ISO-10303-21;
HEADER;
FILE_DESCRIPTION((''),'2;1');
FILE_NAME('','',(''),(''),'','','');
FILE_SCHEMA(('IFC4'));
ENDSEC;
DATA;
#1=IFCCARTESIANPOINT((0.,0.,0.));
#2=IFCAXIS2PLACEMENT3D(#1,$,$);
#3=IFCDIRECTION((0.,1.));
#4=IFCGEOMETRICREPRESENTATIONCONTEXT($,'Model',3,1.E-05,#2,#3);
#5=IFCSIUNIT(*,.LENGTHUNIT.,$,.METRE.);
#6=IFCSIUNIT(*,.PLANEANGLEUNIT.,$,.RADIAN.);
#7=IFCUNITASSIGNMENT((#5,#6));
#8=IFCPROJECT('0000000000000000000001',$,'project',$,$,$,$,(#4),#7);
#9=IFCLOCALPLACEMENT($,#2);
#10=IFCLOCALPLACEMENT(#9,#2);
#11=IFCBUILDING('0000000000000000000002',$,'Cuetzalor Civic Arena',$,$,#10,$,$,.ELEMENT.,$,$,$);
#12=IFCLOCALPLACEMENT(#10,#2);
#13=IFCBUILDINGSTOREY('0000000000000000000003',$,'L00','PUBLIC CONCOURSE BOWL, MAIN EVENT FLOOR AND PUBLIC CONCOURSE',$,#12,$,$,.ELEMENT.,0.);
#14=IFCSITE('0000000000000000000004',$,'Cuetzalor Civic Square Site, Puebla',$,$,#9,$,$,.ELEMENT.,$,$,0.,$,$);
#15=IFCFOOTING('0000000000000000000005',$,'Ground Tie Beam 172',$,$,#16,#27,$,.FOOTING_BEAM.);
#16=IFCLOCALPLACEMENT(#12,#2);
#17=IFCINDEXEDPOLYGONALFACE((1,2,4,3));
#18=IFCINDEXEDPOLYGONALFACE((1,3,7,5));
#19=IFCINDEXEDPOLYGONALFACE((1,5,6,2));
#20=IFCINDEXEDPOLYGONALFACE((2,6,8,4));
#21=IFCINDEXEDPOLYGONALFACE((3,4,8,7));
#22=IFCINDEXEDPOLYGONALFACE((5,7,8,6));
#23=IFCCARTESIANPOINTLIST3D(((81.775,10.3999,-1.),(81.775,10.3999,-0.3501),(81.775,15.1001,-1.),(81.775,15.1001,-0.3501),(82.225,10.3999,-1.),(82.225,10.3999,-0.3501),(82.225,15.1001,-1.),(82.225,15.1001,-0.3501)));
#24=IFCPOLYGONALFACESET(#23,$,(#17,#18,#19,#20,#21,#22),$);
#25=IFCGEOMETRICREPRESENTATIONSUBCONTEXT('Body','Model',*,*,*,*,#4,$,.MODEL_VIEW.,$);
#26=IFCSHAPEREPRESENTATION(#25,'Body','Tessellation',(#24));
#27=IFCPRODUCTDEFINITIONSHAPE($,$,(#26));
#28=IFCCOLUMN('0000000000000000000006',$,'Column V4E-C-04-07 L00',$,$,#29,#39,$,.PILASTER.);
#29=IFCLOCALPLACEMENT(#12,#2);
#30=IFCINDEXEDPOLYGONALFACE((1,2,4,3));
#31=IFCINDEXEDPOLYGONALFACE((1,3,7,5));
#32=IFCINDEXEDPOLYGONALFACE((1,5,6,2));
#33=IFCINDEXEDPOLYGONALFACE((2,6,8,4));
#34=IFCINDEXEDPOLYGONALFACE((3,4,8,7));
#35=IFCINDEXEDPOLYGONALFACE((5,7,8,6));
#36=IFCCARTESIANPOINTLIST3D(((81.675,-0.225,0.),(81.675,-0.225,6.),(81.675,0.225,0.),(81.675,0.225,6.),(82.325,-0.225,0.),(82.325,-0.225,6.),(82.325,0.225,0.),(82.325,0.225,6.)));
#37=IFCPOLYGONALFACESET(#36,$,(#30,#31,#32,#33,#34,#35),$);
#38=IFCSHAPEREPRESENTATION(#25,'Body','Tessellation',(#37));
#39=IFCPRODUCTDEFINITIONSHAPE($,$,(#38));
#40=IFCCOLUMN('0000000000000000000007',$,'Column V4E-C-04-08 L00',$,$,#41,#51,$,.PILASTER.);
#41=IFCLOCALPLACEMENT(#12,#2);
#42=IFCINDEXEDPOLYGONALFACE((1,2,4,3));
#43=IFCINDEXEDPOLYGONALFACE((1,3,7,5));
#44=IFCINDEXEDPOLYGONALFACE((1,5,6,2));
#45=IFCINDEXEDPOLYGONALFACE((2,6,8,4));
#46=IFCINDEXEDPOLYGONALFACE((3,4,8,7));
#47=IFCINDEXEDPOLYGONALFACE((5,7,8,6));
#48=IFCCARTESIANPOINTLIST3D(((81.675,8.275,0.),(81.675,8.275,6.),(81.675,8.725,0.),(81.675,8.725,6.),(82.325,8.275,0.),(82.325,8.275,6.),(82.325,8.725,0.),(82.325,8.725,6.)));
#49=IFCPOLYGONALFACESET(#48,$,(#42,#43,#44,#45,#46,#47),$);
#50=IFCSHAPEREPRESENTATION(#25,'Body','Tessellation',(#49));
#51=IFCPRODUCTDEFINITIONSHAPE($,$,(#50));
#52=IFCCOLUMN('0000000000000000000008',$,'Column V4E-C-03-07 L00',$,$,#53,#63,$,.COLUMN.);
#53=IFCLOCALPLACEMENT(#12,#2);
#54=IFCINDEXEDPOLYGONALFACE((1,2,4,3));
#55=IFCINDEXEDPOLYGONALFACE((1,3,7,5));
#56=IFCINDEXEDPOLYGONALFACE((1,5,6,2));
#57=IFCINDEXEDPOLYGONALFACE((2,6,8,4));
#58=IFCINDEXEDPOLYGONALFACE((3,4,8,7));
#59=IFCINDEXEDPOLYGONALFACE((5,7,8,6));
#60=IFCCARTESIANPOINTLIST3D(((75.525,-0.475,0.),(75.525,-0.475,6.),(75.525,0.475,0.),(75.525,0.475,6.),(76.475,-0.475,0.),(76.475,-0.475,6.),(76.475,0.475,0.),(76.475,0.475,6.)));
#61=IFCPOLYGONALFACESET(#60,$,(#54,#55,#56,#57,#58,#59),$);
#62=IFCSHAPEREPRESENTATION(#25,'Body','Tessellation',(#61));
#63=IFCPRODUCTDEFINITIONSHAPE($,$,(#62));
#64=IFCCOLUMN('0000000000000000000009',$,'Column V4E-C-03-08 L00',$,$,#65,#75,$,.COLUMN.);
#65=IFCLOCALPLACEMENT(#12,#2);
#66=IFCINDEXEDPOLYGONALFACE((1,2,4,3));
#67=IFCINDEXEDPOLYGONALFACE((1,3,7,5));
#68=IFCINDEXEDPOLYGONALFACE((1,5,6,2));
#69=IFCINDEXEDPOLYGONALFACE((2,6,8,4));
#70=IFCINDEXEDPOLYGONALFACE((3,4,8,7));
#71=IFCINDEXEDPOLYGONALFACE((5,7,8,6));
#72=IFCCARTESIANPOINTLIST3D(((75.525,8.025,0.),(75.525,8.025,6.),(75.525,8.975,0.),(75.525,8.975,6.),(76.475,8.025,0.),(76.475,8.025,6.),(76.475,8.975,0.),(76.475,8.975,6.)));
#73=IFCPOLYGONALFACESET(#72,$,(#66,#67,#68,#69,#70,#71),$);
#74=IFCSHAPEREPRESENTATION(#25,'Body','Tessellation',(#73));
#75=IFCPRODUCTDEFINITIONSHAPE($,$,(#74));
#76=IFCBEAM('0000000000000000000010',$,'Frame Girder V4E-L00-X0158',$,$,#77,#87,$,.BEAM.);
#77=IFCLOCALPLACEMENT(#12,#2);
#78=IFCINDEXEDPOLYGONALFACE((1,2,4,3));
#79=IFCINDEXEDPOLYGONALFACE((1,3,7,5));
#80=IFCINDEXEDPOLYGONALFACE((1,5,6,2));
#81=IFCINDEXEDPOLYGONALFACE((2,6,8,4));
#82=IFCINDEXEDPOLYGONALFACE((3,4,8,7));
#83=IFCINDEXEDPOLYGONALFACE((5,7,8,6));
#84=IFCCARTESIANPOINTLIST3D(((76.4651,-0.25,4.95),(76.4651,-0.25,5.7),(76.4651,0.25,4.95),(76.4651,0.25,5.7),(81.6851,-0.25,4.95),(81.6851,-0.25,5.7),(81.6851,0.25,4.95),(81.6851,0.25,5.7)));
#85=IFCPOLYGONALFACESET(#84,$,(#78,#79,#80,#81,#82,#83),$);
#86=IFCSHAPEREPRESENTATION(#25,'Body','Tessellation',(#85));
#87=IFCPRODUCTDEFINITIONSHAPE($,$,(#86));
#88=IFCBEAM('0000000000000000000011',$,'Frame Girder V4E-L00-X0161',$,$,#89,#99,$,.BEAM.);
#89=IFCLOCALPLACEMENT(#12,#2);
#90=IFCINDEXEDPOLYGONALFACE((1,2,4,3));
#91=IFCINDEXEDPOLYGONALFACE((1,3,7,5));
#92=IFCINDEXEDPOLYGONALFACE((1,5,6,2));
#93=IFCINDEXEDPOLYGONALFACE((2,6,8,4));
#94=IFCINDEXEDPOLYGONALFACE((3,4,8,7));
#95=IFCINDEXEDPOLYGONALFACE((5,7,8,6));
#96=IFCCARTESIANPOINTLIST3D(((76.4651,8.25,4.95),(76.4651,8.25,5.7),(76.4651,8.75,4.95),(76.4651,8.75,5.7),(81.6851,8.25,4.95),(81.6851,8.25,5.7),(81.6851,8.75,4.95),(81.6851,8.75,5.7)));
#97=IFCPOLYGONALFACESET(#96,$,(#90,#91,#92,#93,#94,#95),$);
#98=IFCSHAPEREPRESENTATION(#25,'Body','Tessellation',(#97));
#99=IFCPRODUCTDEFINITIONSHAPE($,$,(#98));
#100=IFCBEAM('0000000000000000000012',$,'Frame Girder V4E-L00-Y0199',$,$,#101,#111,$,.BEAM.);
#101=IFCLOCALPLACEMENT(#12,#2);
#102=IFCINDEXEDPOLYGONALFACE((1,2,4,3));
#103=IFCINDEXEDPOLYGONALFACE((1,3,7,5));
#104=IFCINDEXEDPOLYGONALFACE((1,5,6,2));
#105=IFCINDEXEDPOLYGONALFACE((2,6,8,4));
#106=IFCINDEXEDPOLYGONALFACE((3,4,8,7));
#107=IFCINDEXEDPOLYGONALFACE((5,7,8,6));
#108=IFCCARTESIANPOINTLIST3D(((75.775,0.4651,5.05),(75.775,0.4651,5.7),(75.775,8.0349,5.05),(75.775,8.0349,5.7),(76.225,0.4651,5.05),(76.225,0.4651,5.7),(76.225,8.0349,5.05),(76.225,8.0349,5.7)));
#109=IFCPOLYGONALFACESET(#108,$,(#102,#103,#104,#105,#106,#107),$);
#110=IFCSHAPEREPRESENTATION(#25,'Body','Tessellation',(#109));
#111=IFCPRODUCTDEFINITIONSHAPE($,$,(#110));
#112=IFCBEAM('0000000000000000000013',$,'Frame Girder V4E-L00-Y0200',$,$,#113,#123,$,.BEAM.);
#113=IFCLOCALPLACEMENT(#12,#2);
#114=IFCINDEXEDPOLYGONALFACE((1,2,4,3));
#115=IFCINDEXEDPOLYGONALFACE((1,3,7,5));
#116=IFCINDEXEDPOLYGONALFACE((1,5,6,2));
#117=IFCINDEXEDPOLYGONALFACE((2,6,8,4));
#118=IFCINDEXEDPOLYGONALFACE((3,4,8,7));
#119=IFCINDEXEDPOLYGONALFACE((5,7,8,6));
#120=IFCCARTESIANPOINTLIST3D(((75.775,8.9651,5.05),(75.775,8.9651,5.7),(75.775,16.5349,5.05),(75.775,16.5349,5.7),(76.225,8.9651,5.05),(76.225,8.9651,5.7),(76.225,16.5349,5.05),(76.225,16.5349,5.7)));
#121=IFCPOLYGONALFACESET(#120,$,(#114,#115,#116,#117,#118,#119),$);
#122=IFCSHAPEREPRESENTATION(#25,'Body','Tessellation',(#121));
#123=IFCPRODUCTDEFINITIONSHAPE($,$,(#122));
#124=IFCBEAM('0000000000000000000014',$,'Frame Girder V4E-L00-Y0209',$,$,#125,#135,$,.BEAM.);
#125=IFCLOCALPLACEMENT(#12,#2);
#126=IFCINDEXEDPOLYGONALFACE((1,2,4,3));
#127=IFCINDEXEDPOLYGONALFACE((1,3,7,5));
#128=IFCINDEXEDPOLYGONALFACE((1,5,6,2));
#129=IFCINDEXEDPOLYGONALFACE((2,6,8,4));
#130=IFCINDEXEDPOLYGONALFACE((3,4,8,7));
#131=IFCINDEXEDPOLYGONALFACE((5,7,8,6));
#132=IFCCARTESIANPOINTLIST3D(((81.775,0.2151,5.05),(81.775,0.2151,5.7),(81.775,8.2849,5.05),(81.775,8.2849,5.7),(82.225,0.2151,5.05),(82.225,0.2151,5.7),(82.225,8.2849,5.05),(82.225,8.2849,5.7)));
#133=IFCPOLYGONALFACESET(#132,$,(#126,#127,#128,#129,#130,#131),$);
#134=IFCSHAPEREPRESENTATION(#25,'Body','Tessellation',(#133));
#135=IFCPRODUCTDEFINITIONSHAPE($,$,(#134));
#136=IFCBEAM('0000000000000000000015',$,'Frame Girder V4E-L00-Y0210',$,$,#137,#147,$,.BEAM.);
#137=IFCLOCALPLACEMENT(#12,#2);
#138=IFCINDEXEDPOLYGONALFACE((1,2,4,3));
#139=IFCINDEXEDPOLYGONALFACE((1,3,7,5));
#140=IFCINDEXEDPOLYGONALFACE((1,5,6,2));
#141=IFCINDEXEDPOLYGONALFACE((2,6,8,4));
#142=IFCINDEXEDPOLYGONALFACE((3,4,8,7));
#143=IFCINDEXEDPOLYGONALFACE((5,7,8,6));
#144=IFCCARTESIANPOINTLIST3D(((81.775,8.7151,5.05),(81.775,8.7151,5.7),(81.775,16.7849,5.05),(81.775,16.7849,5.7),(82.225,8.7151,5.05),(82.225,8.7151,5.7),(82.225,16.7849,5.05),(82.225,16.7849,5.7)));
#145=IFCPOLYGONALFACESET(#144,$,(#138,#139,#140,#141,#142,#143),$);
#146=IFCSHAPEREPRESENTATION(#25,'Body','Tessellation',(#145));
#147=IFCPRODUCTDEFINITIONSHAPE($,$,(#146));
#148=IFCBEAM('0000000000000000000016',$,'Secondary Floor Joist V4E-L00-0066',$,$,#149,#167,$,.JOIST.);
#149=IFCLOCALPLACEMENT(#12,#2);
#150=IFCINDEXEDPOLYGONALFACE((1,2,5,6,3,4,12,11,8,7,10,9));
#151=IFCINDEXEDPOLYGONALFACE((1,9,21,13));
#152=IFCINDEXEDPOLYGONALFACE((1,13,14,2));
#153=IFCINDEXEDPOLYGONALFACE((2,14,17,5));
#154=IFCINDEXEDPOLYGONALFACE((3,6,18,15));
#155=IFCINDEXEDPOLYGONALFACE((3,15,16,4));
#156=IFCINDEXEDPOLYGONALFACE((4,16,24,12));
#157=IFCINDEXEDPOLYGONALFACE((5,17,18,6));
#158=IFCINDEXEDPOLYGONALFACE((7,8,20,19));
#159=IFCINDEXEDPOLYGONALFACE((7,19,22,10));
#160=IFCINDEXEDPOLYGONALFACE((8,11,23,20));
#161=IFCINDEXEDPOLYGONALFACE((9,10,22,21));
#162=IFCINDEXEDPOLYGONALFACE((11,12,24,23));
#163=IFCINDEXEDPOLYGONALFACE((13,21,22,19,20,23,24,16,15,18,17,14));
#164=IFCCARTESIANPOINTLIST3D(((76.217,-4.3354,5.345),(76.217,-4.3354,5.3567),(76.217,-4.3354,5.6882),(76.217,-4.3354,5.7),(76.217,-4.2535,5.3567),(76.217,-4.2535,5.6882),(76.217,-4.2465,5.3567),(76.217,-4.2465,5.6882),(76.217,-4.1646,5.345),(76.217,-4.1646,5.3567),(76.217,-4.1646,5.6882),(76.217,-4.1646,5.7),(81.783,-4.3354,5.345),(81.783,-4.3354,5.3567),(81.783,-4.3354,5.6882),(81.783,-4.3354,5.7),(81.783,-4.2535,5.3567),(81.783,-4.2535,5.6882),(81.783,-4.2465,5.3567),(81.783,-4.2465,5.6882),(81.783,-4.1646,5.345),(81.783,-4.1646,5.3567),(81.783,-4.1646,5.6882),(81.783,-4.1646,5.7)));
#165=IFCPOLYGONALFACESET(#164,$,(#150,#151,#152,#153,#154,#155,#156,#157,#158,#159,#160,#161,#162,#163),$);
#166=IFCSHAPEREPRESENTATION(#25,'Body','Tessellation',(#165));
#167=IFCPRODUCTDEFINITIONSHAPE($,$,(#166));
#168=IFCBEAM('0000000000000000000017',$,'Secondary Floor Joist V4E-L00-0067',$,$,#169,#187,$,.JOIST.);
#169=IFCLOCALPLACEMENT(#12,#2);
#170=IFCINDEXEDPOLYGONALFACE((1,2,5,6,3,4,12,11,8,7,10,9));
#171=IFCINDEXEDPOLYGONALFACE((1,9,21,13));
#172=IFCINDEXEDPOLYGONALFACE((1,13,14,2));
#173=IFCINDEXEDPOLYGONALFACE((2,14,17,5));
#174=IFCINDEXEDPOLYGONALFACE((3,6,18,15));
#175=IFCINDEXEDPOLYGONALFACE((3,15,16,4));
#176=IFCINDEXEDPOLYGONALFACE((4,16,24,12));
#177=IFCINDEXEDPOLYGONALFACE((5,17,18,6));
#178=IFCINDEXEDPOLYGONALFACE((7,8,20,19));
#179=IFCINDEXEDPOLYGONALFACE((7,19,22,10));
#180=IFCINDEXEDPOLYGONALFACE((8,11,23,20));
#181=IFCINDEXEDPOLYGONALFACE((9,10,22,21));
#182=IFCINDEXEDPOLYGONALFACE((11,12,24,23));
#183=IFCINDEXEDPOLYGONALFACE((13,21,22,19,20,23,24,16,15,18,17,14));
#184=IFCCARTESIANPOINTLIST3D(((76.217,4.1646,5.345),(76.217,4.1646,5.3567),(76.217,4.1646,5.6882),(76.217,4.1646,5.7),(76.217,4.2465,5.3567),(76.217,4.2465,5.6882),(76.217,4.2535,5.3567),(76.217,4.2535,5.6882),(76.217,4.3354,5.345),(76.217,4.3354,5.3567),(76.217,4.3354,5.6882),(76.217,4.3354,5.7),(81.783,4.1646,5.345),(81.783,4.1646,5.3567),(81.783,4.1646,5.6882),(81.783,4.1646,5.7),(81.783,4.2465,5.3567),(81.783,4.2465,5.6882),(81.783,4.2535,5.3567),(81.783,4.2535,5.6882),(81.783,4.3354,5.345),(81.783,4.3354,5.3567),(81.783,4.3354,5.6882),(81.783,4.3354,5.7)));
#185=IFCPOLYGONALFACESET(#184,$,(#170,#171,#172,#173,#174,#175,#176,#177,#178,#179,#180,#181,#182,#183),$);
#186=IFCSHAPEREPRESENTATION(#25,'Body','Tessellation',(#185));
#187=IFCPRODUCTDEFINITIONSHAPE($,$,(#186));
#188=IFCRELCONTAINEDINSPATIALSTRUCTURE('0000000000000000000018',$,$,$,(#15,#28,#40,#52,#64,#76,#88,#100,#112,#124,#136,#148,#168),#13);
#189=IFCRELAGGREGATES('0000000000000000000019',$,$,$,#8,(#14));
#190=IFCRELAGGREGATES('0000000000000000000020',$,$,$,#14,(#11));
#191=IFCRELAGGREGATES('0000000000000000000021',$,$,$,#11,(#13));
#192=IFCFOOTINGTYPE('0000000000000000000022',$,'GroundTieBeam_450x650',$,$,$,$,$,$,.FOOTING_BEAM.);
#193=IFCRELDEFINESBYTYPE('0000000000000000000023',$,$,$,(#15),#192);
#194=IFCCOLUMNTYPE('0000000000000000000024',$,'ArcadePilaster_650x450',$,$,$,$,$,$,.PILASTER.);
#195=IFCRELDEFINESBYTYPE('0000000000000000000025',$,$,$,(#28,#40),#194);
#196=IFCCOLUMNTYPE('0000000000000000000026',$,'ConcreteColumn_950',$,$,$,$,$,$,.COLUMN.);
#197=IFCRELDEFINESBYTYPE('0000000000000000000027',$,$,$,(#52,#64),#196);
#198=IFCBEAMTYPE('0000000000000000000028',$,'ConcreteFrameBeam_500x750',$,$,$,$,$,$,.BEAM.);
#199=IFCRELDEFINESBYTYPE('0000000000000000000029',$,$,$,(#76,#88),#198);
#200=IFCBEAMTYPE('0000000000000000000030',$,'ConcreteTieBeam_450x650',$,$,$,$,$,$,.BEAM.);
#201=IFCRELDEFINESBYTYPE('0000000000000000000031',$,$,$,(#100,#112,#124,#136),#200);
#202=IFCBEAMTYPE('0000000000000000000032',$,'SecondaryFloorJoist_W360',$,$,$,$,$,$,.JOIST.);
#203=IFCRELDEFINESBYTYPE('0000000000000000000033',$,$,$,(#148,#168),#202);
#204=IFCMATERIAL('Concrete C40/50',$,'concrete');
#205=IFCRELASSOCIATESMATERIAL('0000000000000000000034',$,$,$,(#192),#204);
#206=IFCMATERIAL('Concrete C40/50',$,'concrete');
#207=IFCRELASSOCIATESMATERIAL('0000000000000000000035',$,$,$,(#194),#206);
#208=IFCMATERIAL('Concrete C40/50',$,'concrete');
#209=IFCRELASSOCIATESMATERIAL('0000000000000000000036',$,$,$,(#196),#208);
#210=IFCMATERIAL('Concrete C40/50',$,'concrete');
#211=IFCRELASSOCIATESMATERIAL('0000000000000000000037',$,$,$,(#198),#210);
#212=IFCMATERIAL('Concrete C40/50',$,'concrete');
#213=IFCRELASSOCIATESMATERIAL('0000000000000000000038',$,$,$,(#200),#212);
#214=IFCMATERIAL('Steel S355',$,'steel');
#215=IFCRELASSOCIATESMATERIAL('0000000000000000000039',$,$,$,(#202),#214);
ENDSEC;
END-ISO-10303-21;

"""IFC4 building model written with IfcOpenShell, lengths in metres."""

from ifc_helpers import new_model, si_unit, direction, frame, origin, origin_2d, place, context, subcontext, project, spatial, rectangle, i_section, extrude, material, material_profile, profile_set, type_object, element, save


model = new_model("IFC4")

# Units and contexts
model_context = context("Model", 3, precision=1e-05, world=origin(), true_north=direction((0.0, 1.0)))
body_context = subcontext(model_context, "Body", "Model", "MODEL_VIEW")
ifc_project = project(units=[si_unit("LENGTHUNIT", "METRE"), si_unit("PLANEANGLEUNIT", "RADIAN")], contexts=[model_context])

# Site, building, storey
site_placement = place(None, origin())
site = spatial("IfcSite", under=ifc_project, at=site_placement, Name="Cuetzalor Civic Square Site, Puebla", CompositionType="ELEMENT", RefElevation=0.0)
building_placement = place(site_placement, origin())
building = spatial("IfcBuilding", under=site, at=building_placement, Name="Cuetzalor Civic Arena", CompositionType="ELEMENT")
storey_placement = place(building_placement, origin())
storey = spatial("IfcBuildingStorey", under=building, at=storey_placement, Name="L00", Description="PUBLIC CONCOURSE BOWL, MAIN EVENT FLOOR AND PUBLIC CONCOURSE", CompositionType="ELEMENT", Elevation=0.0)

# Footing
ifc_material_1 = material(Name="Concrete C40/50", Category="concrete")
ifc_material_profile_1 = material_profile(ifc_material_1, rectangle(XDim=0.45, YDim=0.6499, at=origin_2d()), Name="RC 450x650")
ifc_profile_set_1 = profile_set([ifc_material_profile_1], Name="Concrete C40/50")
footing_type_1 = type_object("IfcFootingType", Name="GroundTieBeam_450x650", PredefinedType="FOOTING_BEAM", material=ifc_profile_set_1)
footing_1_placement = place(storey_placement, frame((82.0, 10.3999, -0.675), z_axis=(0.0, 1.0, 0.0), x_axis=(-1.0, 0.0, 0.0)))
element("IfcFooting", 1, at=footing_1_placement, inside=storey, type_object=footing_type_1, Name="Ground Tie Beam 172", PredefinedType="FOOTING_BEAM", context=body_context, shape_type="SweptSolid", body=[
    extrude(rectangle(XDim=0.45, YDim=0.6499, at=origin_2d()), origin(), (0.0, 0.0, 1.0), 4.7002),
])

# Columns
ifc_material_2 = material(Name="Concrete C40/50", Category="concrete")
ifc_material_profile_2 = material_profile(ifc_material_2, rectangle(XDim=0.6499, YDim=0.45, at=origin_2d()), Name="RC 650x450")
ifc_profile_set_2 = profile_set([ifc_material_profile_2], Name="Concrete C40/50")
column_type_1 = type_object("IfcColumnType", Name="ArcadePilaster_650x450", PredefinedType="PILASTER", material=ifc_profile_set_2)
for number, where, z_axis, x_axis, name in (
    (2, (82.0, 0.0, 0.0), (0.0, 0.0, 1.0), (1.0, 0.0, 0.0), "Column V4E-C-04-07 L00"),
    (3, (82.0, 8.5, 0.0), (0.0, 0.0, 1.0), (1.0, 0.0, 0.0), "Column V4E-C-04-08 L00"),
):
    element("IfcColumn", number, at=place(storey_placement, frame(where, z_axis=z_axis, x_axis=x_axis)), inside=storey, type_object=column_type_1, Name=name, PredefinedType="PILASTER", context=body_context, shape_type="SweptSolid", body=[
        extrude(rectangle(XDim=0.6499, YDim=0.45, at=origin_2d()), origin(), (0.0, 0.0, 1.0), 6.0),
    ])
ifc_material_3 = material(Name="Concrete C40/50", Category="concrete")
ifc_material_profile_3 = material_profile(ifc_material_3, rectangle(XDim=0.95, YDim=0.95, at=origin_2d()), Name="RC 950x950")
ifc_profile_set_3 = profile_set([ifc_material_profile_3], Name="Concrete C40/50")
column_type_2 = type_object("IfcColumnType", Name="ConcreteColumn_950", PredefinedType="COLUMN", material=ifc_profile_set_3)
for number, where, z_axis, x_axis, name in (
    (4, (76.0, 0.0, 0.0), (0.0, 0.0, 1.0), (1.0, 0.0, 0.0), "Column V4E-C-03-07 L00"),
    (5, (76.0, 8.5, 0.0), (0.0, 0.0, 1.0), (1.0, 0.0, 0.0), "Column V4E-C-03-08 L00"),
):
    element("IfcColumn", number, at=place(storey_placement, frame(where, z_axis=z_axis, x_axis=x_axis)), inside=storey, type_object=column_type_2, Name=name, PredefinedType="COLUMN", context=body_context, shape_type="SweptSolid", body=[
        extrude(rectangle(XDim=0.95, YDim=0.95, at=origin_2d()), origin(), (0.0, 0.0, 1.0), 6.0),
    ])

# Beams
ifc_material_4 = material(Name="Concrete C40/50", Category="concrete")
ifc_material_profile_4 = material_profile(ifc_material_4, rectangle(XDim=0.5, YDim=0.75, at=origin_2d()), Name="RC 500x750")
ifc_profile_set_4 = profile_set([ifc_material_profile_4], Name="Concrete C40/50")
beam_type_1 = type_object("IfcBeamType", Name="ConcreteFrameBeam_500x750", PredefinedType="BEAM", material=ifc_profile_set_4)
for number, where, z_axis, x_axis, name in (
    (6, (76.4651, 0.0, 5.325), (1.0, 0.0, 0.0), (0.0, 1.0, 0.0), "Frame Girder V4E-L00-X0158"),
    (7, (76.4651, 8.5, 5.325), (1.0, 0.0, 0.0), (0.0, 1.0, 0.0), "Frame Girder V4E-L00-X0161"),
):
    element("IfcBeam", number, at=place(storey_placement, frame(where, z_axis=z_axis, x_axis=x_axis)), inside=storey, type_object=beam_type_1, Name=name, PredefinedType="BEAM", context=body_context, shape_type="SweptSolid", body=[
        extrude(rectangle(XDim=0.5, YDim=0.75, at=origin_2d()), origin(), (0.0, 0.0, 1.0), 5.22),
    ])
ifc_material_5 = material(Name="Concrete C40/50", Category="concrete")
ifc_material_profile_5 = material_profile(ifc_material_5, rectangle(XDim=0.45, YDim=0.6499, at=origin_2d()), Name="RC 450x650")
ifc_profile_set_5 = profile_set([ifc_material_profile_5], Name="Concrete C40/50")
beam_type_2 = type_object("IfcBeamType", Name="ConcreteTieBeam_450x650", PredefinedType="BEAM", material=ifc_profile_set_5)
for number, where, z_axis, x_axis, name in (
    (8, (76.0, 0.4651, 5.375), (0.0, 1.0, 0.0), (-1.0, 0.0, 0.0), "Frame Girder V4E-L00-Y0199"),
    (9, (76.0, 8.9651, 5.375), (0.0, 1.0, 0.0), (-1.0, 0.0, 0.0), "Frame Girder V4E-L00-Y0200"),
):
    element("IfcBeam", number, at=place(storey_placement, frame(where, z_axis=z_axis, x_axis=x_axis)), inside=storey, type_object=beam_type_2, Name=name, PredefinedType="BEAM", context=body_context, shape_type="SweptSolid", body=[
        extrude(rectangle(XDim=0.45, YDim=0.6499, at=origin_2d()), origin(), (0.0, 0.0, 1.0), 7.5698),
    ])
for number, where, z_axis, x_axis, name in (
    (10, (82.0, 0.2151, 5.375), (0.0, 1.0, 0.0), (-1.0, 0.0, 0.0), "Frame Girder V4E-L00-Y0209"),
    (11, (82.0, 8.7151, 5.375), (0.0, 1.0, 0.0), (-1.0, 0.0, 0.0), "Frame Girder V4E-L00-Y0210"),
):
    element("IfcBeam", number, at=place(storey_placement, frame(where, z_axis=z_axis, x_axis=x_axis)), inside=storey, type_object=beam_type_2, Name=name, PredefinedType="BEAM", context=body_context, shape_type="SweptSolid", body=[
        extrude(rectangle(XDim=0.45, YDim=0.6499, at=origin_2d()), origin(), (0.0, 0.0, 1.0), 8.0698),
    ])
ifc_material_6 = material(Name="Steel S355", Category="steel")
ifc_material_profile_6 = material_profile(ifc_material_6, i_section(OverallWidth=0.1709, OverallDepth=0.355, WebThickness=0.0071, FlangeThickness=0.0117, at=origin_2d()), Name="W360x51")
ifc_profile_set_6 = profile_set([ifc_material_profile_6], Name="Steel S355")
beam_type_3 = type_object("IfcBeamType", Name="SecondaryFloorJoist_W360", PredefinedType="JOIST", material=ifc_profile_set_6)
for number, where, z_axis, x_axis, name in (
    (12, (76.217, -4.25, 5.5225), (1.0, 0.0, 0.0), (0.0, 1.0, 0.0), "Secondary Floor Joist V4E-L00-0066"),
    (13, (76.217, 4.25, 5.5225), (1.0, 0.0, 0.0), (0.0, 1.0, 0.0), "Secondary Floor Joist V4E-L00-0067"),
):
    element("IfcBeam", number, at=place(storey_placement, frame(where, z_axis=z_axis, x_axis=x_axis)), inside=storey, type_object=beam_type_3, Name=name, PredefinedType="JOIST", context=body_context, shape_type="SweptSolid", body=[
        extrude(i_section(OverallWidth=0.1709, OverallDepth=0.355, WebThickness=0.0071, FlangeThickness=0.0117, at=origin_2d()), origin(), (0.0, 0.0, 1.0), 5.5659),
    ])

save(model, "model.ifc")
